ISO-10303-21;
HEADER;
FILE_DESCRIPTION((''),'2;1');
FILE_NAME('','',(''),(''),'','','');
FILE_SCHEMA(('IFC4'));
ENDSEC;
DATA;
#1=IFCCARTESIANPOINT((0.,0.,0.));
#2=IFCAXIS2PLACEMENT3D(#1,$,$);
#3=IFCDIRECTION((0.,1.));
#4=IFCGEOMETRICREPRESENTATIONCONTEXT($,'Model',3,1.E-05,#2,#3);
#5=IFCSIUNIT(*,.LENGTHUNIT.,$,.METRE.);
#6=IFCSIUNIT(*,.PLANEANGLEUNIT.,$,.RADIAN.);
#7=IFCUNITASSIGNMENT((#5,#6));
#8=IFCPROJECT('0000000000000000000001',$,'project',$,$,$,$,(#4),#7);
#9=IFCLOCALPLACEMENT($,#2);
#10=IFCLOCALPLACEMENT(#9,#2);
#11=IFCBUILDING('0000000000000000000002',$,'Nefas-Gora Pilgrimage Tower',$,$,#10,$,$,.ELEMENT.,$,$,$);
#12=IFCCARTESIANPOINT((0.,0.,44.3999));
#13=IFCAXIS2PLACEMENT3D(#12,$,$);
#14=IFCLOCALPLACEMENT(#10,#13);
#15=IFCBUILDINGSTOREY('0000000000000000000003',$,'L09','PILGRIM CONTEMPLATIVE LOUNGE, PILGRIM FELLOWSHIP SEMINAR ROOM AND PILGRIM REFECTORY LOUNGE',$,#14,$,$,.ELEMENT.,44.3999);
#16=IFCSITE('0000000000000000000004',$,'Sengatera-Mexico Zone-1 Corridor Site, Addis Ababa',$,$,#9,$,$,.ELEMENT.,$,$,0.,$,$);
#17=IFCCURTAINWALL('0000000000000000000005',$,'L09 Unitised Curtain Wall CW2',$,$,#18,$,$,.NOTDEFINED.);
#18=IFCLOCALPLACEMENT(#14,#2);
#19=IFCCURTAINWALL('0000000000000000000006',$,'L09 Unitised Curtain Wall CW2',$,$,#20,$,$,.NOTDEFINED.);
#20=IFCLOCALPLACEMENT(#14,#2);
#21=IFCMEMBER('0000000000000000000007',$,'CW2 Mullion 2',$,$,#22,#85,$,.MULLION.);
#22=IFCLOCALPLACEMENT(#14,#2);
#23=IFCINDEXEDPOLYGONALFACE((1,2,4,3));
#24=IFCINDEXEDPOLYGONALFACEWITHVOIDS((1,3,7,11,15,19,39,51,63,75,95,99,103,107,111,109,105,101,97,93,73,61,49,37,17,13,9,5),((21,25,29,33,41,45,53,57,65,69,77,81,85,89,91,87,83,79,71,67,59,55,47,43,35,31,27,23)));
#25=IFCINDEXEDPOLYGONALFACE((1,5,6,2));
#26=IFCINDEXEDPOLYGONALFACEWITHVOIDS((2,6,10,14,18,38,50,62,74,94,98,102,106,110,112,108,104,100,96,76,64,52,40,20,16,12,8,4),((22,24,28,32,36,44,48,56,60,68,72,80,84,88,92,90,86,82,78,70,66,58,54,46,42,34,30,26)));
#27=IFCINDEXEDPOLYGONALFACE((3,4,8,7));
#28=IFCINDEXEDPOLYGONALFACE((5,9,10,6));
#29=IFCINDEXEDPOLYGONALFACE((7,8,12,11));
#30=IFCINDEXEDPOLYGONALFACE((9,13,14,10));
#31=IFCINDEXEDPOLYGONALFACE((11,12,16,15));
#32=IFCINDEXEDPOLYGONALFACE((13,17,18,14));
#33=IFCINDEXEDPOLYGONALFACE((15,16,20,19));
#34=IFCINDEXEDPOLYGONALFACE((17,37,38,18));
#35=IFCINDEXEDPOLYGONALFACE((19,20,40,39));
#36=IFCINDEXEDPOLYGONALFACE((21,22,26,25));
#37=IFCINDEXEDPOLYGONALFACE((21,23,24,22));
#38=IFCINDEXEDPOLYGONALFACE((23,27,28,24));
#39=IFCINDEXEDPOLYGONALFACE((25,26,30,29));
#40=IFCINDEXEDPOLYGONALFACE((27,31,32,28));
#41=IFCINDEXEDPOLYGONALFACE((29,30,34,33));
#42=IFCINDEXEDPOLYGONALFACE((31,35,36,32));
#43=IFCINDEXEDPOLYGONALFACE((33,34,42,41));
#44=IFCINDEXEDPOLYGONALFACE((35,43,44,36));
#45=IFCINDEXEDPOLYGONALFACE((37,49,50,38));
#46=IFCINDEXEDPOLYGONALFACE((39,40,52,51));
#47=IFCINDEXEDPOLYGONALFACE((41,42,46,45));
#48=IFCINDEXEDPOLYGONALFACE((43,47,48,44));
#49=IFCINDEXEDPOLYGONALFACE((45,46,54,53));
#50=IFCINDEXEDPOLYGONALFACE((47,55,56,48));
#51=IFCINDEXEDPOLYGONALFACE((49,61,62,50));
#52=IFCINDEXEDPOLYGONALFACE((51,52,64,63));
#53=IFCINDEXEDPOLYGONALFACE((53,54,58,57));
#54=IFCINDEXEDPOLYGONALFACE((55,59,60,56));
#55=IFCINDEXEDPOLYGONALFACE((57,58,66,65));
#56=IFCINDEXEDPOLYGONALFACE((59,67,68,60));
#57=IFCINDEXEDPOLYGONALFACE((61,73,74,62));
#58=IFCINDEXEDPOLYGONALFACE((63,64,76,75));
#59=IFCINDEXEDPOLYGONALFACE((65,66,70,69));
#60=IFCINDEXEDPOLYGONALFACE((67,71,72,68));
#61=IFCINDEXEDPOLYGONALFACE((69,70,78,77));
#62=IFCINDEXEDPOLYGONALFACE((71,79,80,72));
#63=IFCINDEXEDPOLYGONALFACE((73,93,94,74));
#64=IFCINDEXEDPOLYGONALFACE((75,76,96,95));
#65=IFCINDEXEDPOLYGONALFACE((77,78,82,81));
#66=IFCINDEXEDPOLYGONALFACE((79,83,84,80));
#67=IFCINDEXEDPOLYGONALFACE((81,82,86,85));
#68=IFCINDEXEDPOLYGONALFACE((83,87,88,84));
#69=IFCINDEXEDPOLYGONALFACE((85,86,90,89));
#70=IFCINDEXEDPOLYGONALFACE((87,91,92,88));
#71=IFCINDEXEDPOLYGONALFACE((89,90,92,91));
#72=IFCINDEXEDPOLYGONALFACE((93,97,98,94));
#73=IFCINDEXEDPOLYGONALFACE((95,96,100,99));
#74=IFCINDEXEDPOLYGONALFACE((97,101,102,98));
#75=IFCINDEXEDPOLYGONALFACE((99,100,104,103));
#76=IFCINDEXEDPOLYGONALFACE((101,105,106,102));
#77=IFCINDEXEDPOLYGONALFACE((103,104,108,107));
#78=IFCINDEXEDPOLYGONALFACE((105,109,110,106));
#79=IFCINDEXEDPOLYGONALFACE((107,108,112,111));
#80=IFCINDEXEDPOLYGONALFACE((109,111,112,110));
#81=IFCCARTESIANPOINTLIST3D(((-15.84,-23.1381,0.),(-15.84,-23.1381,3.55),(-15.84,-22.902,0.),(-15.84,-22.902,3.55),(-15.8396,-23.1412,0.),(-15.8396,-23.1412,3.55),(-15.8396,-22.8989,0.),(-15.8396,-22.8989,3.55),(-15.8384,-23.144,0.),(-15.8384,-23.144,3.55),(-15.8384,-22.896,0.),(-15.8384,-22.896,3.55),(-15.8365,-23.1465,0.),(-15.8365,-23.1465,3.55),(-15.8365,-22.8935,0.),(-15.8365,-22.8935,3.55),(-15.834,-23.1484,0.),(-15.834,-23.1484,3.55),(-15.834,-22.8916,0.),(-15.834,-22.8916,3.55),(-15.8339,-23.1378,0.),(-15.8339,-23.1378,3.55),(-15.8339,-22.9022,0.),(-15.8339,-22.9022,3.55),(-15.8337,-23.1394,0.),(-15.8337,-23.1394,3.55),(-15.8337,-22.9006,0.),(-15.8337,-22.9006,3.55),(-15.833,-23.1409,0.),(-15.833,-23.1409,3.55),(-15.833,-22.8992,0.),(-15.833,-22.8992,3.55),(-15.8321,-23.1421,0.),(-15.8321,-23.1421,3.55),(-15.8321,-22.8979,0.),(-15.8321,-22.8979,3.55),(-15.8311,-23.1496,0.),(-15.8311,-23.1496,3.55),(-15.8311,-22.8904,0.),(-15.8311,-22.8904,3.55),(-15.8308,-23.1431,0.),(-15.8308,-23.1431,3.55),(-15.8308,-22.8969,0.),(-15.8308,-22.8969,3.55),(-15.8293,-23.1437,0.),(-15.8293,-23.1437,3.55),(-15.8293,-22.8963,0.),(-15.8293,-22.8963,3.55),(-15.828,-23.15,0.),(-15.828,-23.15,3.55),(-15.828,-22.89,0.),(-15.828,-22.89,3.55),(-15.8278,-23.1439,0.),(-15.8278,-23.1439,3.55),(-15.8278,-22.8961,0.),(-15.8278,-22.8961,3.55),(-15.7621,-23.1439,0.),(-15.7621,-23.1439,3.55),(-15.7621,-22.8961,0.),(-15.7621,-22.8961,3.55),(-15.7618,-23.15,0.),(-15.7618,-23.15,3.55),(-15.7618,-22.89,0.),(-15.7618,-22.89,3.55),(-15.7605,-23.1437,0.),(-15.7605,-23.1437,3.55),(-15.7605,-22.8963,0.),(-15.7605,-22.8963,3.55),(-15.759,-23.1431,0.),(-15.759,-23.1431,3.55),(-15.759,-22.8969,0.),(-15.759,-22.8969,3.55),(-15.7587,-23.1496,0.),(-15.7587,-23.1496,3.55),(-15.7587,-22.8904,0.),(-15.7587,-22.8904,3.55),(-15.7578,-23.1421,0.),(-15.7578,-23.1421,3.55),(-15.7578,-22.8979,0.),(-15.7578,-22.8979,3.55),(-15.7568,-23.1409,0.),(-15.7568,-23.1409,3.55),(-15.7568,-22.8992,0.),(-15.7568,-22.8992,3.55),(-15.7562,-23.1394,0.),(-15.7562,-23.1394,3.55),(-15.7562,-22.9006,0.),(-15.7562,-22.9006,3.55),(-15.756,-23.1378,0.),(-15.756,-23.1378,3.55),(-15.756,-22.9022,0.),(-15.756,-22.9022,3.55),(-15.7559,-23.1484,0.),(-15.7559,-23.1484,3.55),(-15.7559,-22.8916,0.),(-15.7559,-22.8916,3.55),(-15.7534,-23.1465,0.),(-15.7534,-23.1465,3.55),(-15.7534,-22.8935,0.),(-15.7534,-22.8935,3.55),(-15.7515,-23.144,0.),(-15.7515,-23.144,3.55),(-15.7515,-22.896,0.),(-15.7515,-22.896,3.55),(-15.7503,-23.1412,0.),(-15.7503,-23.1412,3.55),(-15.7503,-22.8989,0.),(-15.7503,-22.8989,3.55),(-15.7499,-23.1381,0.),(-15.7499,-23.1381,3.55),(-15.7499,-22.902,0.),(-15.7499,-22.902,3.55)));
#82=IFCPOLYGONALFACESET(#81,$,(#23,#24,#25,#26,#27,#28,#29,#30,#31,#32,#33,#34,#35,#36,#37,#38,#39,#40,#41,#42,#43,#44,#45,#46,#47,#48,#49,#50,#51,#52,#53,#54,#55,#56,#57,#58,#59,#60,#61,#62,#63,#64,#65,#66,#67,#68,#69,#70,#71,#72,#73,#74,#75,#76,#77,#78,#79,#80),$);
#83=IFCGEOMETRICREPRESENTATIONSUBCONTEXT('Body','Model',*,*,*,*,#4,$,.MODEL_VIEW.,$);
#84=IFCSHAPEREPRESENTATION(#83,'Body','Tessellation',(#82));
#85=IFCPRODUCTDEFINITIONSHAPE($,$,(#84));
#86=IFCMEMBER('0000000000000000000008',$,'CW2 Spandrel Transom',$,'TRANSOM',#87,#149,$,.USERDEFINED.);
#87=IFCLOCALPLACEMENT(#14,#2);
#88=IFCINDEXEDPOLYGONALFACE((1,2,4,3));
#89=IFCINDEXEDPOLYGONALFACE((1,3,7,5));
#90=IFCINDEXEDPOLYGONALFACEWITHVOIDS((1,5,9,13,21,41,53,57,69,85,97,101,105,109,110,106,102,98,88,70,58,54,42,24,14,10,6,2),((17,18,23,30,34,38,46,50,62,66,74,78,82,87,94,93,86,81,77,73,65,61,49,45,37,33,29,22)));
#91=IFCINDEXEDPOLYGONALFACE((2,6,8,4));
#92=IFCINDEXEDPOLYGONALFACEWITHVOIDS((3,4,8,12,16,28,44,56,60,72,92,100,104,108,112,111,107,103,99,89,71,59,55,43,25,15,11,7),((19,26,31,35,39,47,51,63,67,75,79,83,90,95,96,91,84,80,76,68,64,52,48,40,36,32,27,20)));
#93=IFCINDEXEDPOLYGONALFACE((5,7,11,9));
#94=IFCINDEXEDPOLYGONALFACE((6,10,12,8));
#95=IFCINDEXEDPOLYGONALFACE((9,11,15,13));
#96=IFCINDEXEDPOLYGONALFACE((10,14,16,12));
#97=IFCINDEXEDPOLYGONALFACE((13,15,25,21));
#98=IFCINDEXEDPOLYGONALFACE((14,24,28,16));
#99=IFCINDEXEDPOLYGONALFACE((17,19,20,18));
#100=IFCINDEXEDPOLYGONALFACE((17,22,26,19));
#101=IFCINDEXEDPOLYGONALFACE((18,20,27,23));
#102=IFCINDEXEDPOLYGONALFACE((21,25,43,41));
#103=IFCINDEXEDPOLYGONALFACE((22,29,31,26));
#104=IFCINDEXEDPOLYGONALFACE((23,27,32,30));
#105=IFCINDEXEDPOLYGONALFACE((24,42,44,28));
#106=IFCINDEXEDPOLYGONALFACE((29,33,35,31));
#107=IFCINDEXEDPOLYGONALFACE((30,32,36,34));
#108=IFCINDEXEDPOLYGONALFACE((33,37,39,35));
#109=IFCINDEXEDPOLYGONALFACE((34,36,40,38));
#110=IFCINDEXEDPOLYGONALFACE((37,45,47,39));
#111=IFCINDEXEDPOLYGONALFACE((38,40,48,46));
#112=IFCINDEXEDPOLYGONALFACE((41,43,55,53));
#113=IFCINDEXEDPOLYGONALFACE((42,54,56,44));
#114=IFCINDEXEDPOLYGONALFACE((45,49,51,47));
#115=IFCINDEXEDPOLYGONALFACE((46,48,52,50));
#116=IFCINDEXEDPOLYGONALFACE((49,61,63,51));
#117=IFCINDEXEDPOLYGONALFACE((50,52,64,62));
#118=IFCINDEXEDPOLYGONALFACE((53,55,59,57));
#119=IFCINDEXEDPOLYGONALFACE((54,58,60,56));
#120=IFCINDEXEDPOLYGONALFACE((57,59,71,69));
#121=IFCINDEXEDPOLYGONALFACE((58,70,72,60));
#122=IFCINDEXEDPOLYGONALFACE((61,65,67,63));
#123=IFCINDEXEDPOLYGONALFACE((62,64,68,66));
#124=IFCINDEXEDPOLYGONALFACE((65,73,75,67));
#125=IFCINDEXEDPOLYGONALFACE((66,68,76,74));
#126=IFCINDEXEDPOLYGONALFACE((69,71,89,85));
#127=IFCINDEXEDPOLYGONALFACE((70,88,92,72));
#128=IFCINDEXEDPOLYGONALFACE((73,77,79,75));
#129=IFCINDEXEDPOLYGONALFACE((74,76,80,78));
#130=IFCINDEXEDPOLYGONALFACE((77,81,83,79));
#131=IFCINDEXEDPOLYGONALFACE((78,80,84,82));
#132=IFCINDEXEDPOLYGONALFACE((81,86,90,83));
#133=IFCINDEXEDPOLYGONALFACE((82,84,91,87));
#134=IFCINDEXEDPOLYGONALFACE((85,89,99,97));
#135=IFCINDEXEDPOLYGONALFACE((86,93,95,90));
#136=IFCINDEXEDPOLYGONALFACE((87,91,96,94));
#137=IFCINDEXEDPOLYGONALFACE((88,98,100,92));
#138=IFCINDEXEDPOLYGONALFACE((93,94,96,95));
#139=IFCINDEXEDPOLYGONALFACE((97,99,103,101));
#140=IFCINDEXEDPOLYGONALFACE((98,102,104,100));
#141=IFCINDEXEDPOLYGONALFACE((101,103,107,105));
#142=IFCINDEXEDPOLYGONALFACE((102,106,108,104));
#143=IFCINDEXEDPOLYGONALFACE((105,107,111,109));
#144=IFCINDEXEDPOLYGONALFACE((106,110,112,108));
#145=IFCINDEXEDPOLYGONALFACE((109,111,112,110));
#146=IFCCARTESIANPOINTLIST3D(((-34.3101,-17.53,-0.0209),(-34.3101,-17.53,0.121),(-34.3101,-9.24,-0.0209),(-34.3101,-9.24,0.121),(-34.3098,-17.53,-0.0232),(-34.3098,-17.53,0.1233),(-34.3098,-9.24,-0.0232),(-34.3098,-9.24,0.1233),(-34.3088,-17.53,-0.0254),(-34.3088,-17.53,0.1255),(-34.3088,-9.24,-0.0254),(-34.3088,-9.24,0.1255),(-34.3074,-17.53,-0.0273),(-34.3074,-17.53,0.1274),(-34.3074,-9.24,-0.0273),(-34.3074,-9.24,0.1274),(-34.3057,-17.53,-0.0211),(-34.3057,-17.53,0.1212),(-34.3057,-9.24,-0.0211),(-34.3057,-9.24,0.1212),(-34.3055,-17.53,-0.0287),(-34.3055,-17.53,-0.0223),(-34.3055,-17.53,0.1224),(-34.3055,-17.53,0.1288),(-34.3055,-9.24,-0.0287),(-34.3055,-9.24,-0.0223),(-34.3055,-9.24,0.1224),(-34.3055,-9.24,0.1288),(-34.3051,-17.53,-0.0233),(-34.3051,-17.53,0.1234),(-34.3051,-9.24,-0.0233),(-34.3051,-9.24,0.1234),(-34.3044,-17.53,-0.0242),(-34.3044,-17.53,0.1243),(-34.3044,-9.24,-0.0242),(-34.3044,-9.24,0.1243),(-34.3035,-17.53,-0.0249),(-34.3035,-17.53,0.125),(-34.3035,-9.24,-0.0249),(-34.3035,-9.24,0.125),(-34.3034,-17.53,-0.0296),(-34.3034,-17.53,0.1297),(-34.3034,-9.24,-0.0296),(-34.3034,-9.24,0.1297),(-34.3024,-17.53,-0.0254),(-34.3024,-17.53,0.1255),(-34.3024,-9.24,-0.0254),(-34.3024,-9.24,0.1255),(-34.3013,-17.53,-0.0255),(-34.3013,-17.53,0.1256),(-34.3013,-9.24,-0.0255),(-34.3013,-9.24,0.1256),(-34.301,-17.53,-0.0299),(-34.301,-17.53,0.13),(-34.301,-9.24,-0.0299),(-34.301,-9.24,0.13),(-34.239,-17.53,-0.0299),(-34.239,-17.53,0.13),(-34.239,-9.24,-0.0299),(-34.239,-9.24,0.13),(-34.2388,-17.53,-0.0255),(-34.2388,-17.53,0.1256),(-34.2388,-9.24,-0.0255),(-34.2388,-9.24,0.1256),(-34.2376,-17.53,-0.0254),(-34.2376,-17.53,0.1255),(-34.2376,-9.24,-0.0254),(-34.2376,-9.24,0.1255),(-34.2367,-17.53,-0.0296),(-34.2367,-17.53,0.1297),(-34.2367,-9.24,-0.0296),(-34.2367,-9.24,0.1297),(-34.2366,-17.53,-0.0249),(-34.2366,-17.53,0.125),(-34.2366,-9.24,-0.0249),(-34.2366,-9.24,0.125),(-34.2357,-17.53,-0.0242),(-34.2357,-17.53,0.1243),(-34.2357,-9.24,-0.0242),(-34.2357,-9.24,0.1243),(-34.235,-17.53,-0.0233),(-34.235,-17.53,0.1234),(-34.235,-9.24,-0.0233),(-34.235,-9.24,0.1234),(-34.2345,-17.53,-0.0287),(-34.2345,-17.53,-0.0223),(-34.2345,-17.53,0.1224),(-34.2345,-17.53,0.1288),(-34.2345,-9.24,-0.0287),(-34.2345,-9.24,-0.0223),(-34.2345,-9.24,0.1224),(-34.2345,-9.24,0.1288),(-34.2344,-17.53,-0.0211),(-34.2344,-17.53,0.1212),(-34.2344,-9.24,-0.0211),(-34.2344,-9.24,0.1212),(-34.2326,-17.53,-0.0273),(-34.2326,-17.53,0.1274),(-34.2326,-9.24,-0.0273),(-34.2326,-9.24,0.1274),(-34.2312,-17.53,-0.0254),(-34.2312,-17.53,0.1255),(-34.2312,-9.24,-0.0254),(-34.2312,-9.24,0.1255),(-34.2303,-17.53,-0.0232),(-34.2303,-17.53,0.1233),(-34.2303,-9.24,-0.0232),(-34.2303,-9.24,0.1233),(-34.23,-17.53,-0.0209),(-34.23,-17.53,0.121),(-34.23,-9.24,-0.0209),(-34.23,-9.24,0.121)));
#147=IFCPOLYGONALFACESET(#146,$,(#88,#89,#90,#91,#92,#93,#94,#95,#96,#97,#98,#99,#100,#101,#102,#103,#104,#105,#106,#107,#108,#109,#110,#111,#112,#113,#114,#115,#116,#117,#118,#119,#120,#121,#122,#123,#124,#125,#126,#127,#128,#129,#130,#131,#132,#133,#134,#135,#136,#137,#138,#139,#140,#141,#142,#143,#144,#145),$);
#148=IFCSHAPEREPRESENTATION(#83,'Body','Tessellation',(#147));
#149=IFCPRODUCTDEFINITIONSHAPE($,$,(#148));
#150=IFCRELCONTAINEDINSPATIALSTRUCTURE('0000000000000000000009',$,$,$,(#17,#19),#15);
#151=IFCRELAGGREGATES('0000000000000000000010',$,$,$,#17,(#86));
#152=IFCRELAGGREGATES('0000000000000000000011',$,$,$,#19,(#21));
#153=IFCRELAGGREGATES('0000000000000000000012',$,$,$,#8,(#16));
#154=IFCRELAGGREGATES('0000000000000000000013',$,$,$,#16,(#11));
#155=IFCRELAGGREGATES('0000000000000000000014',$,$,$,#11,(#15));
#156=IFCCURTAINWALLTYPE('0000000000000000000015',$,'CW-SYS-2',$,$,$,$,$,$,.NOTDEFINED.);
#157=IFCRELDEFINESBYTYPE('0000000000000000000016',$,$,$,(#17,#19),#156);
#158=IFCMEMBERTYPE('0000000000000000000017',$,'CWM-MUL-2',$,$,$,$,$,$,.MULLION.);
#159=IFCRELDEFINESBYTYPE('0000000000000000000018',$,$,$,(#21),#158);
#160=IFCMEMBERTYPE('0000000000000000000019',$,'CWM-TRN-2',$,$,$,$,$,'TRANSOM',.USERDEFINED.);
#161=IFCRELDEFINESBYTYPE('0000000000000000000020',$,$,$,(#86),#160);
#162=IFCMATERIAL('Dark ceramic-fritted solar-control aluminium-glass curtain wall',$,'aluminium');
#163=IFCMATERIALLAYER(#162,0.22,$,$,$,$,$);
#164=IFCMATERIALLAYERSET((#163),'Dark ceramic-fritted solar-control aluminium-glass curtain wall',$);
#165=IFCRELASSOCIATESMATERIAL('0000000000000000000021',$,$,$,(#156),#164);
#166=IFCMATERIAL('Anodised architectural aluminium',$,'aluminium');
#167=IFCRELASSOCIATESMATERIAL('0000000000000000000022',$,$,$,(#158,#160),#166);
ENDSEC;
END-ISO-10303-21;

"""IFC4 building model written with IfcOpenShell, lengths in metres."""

from ifc_helpers import new_model, si_unit, direction, frame, origin, origin_2d, place, context, subcontext, project, spatial, hollow_rectangle, extrude, source, transform, mapped, material, layer, layer_set, material_profile, profile_set, type_object, element, aggregate, save


model = new_model("IFC4")

# Units and contexts
model_context = context("Model", 3, precision=1e-05, world=origin(), true_north=direction((0.0, 1.0)))
body_context = subcontext(model_context, "Body", "Model", "MODEL_VIEW")
ifc_project = project(units=[si_unit("LENGTHUNIT", "METRE"), si_unit("PLANEANGLEUNIT", "RADIAN")], contexts=[model_context])

# Site, building, storey
site_placement = place(None, origin())
site = spatial("IfcSite", under=ifc_project, at=site_placement, Name="Sengatera-Mexico Zone-1 Corridor Site, Addis Ababa", CompositionType="ELEMENT", RefElevation=0.0)
building_placement = place(site_placement, origin())
building = spatial("IfcBuilding", under=site, at=building_placement, Name="Nefas-Gora Pilgrimage Tower", CompositionType="ELEMENT")
storey_placement = place(building_placement, frame((0.0, 0.0, 44.3999)))
storey = spatial("IfcBuildingStorey", under=building, at=storey_placement, Name="L09", Description="PILGRIM CONTEMPLATIVE LOUNGE, PILGRIM FELLOWSHIP SEMINAR ROOM AND PILGRIM REFECTORY LOUNGE", CompositionType="ELEMENT", Elevation=44.3999)

# Shared definitions
ifc_material_1 = material(Name="Dark ceramic-fritted solar-control aluminium-glass curtain wall", Category="aluminium")
ifc_material_2 = material(Name="Anodised architectural aluminium", Category="aluminium")

# Curtain wall
ifc_layer_1 = layer(ifc_material_1, 0.22)
ifc_layer_set_1 = layer_set([ifc_layer_1], Name="Dark ceramic-fritted solar-control aluminium-glass curtain wall")
curtain_wall_type_1 = type_object("IfcCurtainWallType", Name="CW-SYS-2", PredefinedType="NOTDEFINED", material=ifc_layer_set_1)
curtain_wall_1_placement = place(storey_placement, origin())
curtain_wall_1 = element("IfcCurtainWall", 1, at=curtain_wall_1_placement, inside=storey, type_object=curtain_wall_type_1, Name="L09 Unitised Curtain Wall CW2", PredefinedType="NOTDEFINED")
ifc_material_profile_1 = material_profile(ifc_material_2, hollow_rectangle(XDim=0.0901, YDim=0.26, WallThickness=0.0061, InnerFilletRadius=0.0061, OuterFilletRadius=0.012, at=origin_2d()), Name="ALU MULLION 90x260")
ifc_profile_set_1 = profile_set([ifc_material_profile_1], Name="Anodised architectural aluminium")
member_type_1 = type_object("IfcMemberType", Name="CWM-MUL-2", PredefinedType="MULLION", material=ifc_profile_set_1)
shared_shape_1 = source(origin(), body_context, "Body", "SweptSolid", [
    extrude(hollow_rectangle(XDim=0.0901, YDim=0.26, WallThickness=0.0061, InnerFilletRadius=0.0061, OuterFilletRadius=0.012, at=origin_2d()), origin(), (0.0, 0.0, 1.0), 3.55),
])

# Curtain wall, member
curtain_wall_2_placement = place(storey_placement, origin())
curtain_wall_2 = element("IfcCurtainWall", 2, at=curtain_wall_2_placement, inside=storey, type_object=curtain_wall_type_1, Name="L09 Unitised Curtain Wall CW2", PredefinedType="NOTDEFINED")
member_1_placement = place(storey_placement, frame((-15.7949, -23.02, 0.0), z_axis=(0.0, 0.0, 1.0), x_axis=(1.0, 0.0, 0.0)))
member_1 = element("IfcMember", 3, at=member_1_placement, type_object=member_type_1, Name="CW2 Mullion 2", PredefinedType="MULLION", context=body_context, shape_type="MappedRepresentation", body=[
    mapped(shared_shape_1, transform((0.0, 0.0, 0.0), x_axis=(1.0, 0.0, 0.0), y_axis=(0.0, 1.0, 0.0), z_axis=(0.0, 0.0, 1.0), scale=1.0)),
])

# Member
ifc_material_profile_2 = material_profile(ifc_material_2, hollow_rectangle(XDim=0.0801, YDim=0.1599, WallThickness=0.0044, InnerFilletRadius=0.0044, OuterFilletRadius=0.009, at=origin_2d()), Name="ALU TRANSOM 80x160")
ifc_profile_set_2 = profile_set([ifc_material_profile_2], Name="Anodised architectural aluminium")
member_type_2 = type_object("IfcMemberType", Name="CWM-TRN-2", ElementType="TRANSOM", PredefinedType="USERDEFINED", material=ifc_profile_set_2)
shared_shape_2 = source(origin(), body_context, "Body", "SweptSolid", [
    extrude(hollow_rectangle(XDim=0.0801, YDim=0.1599, WallThickness=0.0044, InnerFilletRadius=0.0044, OuterFilletRadius=0.009, at=origin_2d()), origin(), (0.0, 0.0, 1.0), 8.29),
])
member_2_placement = place(storey_placement, frame((-34.27, -9.24, 0.05), z_axis=(0.0, -1.0, 0.0), x_axis=(1.0, 0.0, 0.0)))
member_2 = element("IfcMember", 4, at=member_2_placement, type_object=member_type_2, Name="CW2 Spandrel Transom", ObjectType="TRANSOM", PredefinedType="USERDEFINED", context=body_context, shape_type="MappedRepresentation", body=[
    mapped(shared_shape_2, transform((0.0, 0.0, 0.0), x_axis=(1.0, 0.0, 0.0), y_axis=(0.0, 1.0, 0.0), z_axis=(0.0, 0.0, 1.0), scale=1.0)),
])

aggregate(curtain_wall_1, [member_2])
aggregate(curtain_wall_2, [member_1])

save(model, "model.ifc")
